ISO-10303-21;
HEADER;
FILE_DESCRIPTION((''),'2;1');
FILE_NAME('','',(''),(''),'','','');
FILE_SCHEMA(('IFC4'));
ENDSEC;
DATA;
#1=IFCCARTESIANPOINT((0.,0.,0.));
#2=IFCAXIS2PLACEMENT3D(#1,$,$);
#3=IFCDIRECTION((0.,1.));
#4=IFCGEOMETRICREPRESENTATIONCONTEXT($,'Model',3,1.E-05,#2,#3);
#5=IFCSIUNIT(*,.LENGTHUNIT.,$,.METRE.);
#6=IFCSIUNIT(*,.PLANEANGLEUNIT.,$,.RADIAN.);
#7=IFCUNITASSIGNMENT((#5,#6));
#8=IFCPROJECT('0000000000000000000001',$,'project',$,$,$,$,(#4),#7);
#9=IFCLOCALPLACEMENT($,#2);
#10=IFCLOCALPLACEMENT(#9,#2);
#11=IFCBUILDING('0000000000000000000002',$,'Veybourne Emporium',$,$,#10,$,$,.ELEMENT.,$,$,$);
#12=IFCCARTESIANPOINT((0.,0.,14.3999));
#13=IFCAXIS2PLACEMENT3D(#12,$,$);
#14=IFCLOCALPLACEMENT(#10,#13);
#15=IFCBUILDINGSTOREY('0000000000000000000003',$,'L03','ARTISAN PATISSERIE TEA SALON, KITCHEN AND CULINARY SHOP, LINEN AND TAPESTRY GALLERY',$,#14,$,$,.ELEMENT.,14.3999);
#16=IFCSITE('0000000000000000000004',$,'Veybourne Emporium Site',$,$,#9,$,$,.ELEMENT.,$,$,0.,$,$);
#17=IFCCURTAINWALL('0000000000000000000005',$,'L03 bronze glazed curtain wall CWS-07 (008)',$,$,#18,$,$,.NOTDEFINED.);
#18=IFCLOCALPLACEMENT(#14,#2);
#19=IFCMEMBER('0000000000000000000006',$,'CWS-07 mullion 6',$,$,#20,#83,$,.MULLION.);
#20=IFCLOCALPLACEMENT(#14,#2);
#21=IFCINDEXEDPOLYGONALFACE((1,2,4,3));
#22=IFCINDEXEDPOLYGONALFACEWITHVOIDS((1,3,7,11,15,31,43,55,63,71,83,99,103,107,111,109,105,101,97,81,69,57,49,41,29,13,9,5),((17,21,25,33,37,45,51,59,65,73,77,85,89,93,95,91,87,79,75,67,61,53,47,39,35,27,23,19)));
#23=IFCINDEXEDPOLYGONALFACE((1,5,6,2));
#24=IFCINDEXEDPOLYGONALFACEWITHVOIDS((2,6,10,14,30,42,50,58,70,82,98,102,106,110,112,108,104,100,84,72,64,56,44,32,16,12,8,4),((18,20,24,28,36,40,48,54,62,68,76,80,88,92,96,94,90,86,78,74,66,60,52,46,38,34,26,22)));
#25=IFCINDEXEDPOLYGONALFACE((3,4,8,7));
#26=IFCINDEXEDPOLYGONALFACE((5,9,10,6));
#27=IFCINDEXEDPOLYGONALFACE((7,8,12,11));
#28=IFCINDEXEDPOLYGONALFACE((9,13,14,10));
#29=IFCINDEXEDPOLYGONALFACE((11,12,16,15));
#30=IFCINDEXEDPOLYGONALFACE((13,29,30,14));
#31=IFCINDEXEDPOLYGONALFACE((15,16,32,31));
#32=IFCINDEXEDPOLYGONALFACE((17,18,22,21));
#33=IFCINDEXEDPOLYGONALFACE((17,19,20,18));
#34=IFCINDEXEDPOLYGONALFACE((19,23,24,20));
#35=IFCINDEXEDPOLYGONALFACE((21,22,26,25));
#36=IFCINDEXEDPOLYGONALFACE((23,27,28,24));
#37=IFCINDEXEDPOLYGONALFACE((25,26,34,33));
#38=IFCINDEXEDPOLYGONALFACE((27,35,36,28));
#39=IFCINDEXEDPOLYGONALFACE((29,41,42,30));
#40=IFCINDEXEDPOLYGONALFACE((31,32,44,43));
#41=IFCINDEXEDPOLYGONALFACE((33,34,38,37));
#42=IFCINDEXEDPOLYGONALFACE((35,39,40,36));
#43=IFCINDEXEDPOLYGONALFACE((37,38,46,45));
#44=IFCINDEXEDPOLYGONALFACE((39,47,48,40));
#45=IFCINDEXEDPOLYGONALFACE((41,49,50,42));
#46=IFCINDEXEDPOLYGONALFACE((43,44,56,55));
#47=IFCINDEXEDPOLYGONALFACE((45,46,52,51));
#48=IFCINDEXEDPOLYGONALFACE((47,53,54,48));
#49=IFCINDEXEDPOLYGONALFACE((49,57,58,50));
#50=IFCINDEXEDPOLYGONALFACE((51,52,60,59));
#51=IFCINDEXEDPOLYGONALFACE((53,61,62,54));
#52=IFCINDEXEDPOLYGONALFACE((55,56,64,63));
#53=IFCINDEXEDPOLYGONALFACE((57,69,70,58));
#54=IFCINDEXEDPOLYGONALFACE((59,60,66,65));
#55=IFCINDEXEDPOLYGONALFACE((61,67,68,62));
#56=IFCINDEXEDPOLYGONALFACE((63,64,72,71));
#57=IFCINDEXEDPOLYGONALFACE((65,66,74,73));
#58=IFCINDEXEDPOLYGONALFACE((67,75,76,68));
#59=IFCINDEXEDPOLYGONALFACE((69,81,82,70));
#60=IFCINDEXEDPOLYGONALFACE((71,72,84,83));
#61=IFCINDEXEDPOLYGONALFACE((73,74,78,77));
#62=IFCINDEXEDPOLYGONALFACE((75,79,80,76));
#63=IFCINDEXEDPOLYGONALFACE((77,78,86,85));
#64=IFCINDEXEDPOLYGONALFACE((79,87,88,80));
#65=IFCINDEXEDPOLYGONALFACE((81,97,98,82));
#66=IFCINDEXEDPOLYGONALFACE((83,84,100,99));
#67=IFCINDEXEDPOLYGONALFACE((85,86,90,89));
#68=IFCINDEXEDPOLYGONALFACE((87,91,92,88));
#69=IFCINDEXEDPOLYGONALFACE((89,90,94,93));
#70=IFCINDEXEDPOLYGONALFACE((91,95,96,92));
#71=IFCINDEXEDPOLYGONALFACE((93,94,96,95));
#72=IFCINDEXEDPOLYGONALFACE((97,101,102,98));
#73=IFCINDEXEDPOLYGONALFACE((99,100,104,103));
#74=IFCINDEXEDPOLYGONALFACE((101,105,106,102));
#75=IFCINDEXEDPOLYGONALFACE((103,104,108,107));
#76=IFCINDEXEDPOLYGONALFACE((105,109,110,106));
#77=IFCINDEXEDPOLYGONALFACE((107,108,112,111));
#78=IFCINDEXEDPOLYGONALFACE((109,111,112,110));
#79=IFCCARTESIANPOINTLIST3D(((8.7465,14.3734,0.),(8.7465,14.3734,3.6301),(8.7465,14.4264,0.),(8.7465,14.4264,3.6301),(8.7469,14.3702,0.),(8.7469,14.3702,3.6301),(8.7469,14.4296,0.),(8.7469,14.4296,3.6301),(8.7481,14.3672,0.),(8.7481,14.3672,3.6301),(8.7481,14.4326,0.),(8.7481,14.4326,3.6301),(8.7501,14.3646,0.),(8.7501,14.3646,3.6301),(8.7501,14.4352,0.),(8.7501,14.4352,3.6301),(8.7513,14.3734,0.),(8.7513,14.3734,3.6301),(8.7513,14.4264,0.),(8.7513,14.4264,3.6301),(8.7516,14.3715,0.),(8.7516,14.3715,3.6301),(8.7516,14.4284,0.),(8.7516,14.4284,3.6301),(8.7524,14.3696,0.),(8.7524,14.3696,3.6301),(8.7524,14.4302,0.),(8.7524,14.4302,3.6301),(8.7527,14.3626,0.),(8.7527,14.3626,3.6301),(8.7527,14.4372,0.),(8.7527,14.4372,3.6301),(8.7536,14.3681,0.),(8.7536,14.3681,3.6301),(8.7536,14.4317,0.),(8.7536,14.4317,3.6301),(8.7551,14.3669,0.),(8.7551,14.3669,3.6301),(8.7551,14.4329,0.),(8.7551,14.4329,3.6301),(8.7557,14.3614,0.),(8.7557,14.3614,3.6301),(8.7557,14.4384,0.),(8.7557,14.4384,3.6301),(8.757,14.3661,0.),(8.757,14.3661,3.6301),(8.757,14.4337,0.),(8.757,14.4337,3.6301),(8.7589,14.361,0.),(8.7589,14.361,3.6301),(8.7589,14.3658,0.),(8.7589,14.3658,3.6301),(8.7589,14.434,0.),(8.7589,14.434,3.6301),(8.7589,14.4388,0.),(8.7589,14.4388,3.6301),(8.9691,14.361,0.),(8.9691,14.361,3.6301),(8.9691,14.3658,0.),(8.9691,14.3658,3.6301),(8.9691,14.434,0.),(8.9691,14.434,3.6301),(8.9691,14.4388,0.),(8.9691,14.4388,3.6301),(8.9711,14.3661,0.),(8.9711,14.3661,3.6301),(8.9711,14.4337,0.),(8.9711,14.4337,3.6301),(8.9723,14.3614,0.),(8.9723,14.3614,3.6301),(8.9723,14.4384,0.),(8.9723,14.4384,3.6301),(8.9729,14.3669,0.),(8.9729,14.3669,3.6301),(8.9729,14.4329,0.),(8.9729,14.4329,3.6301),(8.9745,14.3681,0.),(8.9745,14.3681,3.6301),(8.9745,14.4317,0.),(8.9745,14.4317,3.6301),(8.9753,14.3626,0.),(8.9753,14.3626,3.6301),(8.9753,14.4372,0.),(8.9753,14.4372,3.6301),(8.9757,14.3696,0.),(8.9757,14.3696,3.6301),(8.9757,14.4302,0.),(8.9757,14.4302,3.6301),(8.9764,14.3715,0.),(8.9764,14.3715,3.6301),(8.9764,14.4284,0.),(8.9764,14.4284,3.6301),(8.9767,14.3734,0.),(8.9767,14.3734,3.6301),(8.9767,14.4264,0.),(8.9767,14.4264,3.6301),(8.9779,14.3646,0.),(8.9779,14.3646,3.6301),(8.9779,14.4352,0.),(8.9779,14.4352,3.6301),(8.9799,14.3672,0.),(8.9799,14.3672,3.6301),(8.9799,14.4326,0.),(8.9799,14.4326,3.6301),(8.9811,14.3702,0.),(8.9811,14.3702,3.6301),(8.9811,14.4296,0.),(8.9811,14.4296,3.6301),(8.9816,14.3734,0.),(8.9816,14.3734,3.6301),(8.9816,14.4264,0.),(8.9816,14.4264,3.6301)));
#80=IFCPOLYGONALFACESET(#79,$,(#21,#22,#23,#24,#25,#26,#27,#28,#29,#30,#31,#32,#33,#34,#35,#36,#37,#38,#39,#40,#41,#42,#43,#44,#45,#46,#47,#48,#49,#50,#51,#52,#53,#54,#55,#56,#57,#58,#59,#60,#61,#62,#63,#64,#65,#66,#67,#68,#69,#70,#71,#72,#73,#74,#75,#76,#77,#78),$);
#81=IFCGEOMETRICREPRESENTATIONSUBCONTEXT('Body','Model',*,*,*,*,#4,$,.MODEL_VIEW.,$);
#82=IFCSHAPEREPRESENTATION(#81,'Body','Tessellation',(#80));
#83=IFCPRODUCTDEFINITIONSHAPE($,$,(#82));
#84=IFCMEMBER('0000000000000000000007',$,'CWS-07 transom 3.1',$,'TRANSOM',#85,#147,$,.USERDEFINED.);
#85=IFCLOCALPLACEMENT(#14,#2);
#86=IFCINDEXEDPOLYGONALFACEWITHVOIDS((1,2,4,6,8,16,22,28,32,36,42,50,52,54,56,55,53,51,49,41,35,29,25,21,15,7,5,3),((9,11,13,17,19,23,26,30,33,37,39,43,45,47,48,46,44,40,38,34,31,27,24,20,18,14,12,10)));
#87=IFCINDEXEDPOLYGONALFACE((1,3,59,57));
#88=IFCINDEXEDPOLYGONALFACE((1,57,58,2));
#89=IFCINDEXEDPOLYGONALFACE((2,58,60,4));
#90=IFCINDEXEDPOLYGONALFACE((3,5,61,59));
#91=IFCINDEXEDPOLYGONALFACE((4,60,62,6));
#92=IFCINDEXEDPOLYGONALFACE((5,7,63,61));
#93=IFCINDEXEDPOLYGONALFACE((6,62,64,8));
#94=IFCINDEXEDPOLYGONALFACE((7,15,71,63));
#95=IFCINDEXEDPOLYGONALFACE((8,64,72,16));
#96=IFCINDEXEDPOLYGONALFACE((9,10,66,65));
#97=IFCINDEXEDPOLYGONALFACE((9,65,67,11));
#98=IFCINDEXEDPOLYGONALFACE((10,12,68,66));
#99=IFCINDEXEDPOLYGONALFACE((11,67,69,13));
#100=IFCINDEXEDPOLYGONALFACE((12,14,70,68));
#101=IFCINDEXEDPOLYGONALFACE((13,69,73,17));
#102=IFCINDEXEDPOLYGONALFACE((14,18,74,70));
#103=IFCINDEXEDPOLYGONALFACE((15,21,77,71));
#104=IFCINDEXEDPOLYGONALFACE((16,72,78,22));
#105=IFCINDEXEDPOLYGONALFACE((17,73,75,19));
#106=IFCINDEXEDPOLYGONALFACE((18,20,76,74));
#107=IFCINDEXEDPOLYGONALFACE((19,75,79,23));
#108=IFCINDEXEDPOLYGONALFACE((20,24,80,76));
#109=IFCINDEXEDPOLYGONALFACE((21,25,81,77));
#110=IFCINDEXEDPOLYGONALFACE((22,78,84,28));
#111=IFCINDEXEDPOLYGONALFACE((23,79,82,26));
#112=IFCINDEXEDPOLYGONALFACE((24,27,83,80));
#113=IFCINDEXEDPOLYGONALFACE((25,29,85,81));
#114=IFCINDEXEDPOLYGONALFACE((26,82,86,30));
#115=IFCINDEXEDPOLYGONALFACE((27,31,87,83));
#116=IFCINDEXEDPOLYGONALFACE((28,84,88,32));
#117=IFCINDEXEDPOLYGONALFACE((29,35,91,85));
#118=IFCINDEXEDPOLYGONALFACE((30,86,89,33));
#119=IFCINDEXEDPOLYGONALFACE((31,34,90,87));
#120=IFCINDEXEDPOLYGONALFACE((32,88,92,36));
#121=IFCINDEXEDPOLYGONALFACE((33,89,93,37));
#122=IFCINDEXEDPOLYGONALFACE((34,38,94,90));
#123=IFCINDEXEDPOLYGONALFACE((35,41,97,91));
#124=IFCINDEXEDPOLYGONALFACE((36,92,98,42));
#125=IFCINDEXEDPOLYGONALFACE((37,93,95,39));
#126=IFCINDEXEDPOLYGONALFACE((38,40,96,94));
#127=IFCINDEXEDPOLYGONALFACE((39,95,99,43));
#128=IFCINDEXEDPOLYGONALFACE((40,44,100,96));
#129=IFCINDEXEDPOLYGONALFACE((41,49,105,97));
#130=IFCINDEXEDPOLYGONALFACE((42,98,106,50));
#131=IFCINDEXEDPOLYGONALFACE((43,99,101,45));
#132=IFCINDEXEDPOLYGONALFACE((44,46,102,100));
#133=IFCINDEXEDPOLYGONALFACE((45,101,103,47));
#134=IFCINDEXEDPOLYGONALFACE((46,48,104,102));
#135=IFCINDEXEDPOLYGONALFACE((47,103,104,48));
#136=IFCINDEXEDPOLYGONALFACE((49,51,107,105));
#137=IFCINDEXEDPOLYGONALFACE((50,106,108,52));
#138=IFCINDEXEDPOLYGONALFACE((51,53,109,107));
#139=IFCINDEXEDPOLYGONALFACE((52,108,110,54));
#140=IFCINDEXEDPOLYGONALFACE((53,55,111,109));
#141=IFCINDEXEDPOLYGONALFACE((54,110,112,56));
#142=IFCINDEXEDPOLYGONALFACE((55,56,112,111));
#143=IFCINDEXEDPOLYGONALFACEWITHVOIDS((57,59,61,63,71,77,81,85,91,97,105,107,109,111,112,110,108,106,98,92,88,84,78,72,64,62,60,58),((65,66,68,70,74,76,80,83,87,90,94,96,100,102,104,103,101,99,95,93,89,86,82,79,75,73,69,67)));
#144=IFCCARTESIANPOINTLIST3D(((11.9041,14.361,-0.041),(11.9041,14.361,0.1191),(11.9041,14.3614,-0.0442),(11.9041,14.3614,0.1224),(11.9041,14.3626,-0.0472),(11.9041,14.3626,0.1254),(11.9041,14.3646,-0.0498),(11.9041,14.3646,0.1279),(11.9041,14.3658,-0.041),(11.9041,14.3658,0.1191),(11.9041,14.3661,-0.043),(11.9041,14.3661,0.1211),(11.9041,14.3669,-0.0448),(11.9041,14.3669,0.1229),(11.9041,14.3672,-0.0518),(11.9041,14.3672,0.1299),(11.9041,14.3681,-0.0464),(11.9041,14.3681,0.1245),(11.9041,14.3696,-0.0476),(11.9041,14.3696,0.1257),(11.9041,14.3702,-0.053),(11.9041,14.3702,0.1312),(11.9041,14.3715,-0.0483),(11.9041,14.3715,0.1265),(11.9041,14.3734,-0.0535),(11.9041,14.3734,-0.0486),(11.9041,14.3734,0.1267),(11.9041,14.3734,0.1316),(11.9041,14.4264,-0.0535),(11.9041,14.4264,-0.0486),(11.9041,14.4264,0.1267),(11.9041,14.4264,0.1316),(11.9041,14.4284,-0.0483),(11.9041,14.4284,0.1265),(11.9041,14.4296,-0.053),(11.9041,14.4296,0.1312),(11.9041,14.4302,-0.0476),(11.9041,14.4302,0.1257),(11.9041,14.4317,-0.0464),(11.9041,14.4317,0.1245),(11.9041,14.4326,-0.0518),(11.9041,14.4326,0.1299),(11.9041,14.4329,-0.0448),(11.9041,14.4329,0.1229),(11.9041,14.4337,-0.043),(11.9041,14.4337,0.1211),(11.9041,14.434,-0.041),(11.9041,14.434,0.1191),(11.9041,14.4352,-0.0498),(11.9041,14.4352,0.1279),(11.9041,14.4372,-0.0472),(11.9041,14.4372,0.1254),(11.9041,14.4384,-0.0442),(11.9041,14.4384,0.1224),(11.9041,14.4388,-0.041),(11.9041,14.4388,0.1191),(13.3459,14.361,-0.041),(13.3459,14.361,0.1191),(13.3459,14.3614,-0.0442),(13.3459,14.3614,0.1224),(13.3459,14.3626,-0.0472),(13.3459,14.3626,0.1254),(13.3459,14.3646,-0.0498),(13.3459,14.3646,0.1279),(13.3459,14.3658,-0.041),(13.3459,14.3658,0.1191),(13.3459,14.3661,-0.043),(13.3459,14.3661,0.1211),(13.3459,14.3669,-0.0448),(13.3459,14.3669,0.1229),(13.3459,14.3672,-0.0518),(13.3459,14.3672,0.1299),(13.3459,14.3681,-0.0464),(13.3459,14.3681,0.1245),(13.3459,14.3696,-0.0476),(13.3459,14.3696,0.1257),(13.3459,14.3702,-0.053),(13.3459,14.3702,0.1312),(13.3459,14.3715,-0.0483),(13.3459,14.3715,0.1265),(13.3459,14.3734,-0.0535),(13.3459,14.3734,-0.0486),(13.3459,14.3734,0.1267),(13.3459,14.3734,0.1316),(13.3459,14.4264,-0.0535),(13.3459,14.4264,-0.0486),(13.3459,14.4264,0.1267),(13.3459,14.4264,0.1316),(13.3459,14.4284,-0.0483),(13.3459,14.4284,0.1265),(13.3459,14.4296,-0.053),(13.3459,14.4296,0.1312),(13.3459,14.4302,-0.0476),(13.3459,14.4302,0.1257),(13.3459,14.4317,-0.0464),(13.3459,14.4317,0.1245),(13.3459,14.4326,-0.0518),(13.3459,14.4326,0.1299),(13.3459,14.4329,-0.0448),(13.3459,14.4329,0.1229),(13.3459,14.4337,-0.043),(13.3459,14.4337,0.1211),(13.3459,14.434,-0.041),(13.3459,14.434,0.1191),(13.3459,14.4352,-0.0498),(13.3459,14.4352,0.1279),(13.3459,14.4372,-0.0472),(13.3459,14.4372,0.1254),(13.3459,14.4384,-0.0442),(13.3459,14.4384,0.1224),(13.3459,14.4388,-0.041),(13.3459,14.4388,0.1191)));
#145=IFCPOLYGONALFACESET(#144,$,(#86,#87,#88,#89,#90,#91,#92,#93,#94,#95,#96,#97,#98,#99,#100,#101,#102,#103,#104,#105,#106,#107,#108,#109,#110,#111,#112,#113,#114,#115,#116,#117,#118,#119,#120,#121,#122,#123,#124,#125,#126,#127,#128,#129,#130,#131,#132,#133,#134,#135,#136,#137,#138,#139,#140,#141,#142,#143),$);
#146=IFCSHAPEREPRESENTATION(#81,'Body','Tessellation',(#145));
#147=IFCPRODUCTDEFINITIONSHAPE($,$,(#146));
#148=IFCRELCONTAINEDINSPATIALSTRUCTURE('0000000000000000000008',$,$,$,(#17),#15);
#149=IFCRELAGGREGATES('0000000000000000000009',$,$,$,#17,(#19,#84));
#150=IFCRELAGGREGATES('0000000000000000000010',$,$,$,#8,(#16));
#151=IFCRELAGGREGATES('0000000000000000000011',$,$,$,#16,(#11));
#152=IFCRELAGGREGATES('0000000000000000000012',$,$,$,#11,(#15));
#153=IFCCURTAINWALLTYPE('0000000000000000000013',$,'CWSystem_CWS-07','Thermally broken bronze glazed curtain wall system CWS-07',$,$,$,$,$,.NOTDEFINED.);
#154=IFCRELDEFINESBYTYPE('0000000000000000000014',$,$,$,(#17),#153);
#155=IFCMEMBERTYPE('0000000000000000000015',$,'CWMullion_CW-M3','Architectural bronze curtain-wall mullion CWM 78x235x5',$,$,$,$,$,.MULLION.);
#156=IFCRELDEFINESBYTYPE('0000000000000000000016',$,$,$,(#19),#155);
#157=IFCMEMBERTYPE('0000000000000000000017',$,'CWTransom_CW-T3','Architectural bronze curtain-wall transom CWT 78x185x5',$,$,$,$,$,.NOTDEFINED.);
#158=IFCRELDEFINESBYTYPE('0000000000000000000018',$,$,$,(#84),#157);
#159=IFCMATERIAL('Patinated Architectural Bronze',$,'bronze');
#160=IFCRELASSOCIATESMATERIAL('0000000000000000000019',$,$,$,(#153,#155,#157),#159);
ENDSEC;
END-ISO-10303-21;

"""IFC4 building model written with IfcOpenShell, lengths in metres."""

from ifc_helpers import new_model, si_unit, direction, frame, origin, origin_2d, place, context, subcontext, project, spatial, hollow_rectangle, extrude, material, material_profile, profile_set, type_object, element, aggregate, save


model = new_model("IFC4")

# Units and contexts
model_context = context("Model", 3, precision=1e-05, world=origin(), true_north=direction((0.0, 1.0)))
body_context = subcontext(model_context, "Body", "Model", "MODEL_VIEW")
ifc_project = project(units=[si_unit("LENGTHUNIT", "METRE"), si_unit("PLANEANGLEUNIT", "RADIAN")], contexts=[model_context])

# Site, building, storey
site_placement = place(None, origin())
site = spatial("IfcSite", under=ifc_project, at=site_placement, Name="Veybourne Emporium Site", CompositionType="ELEMENT", RefElevation=0.0)
building_placement = place(site_placement, origin())
building = spatial("IfcBuilding", under=site, at=building_placement, Name="Veybourne Emporium", CompositionType="ELEMENT")
storey_placement = place(building_placement, frame((0.0, 0.0, 14.3999)))
storey = spatial("IfcBuildingStorey", under=building, at=storey_placement, Name="L03", Description="ARTISAN PATISSERIE TEA SALON, KITCHEN AND CULINARY SHOP, LINEN AND TAPESTRY GALLERY", CompositionType="ELEMENT", Elevation=14.3999)

# Shared definitions
ifc_material_1 = material(Name="Patinated Architectural Bronze", Category="bronze")

# Curtain wall, members
curtain_wall_type_1 = type_object("IfcCurtainWallType", Name="CWSystem_CWS-07", Description="Thermally broken bronze glazed curtain wall system CWS-07", PredefinedType="NOTDEFINED", material=ifc_material_1)
curtain_wall_1_placement = place(storey_placement, origin())
curtain_wall_1 = element("IfcCurtainWall", 1, at=curtain_wall_1_placement, inside=storey, type_object=curtain_wall_type_1, Name="L03 bronze glazed curtain wall CWS-07 (008)", PredefinedType="NOTDEFINED")
ifc_material_profile_1 = material_profile(ifc_material_1, hollow_rectangle(XDim=0.0779, YDim=0.2351, WallThickness=0.0049, InnerFilletRadius=0.0076, OuterFilletRadius=0.0125, at=origin_2d()), Name="CWM 78x235x5")
ifc_profile_set_1 = profile_set([ifc_material_profile_1], Name="Patinated Architectural Bronze")
member_type_1 = type_object("IfcMemberType", Name="CWMullion_CW-M3", Description="Architectural bronze curtain-wall mullion CWM 78x235x5", PredefinedType="MULLION", material=ifc_profile_set_1)
member_1_placement = place(storey_placement, frame((8.864, 14.3999, 0.0), z_axis=(0.0, 0.0, 1.0), x_axis=(0.0, -1.0, 0.0)))
member_1 = element("IfcMember", 2, at=member_1_placement, type_object=member_type_1, Name="CWS-07 mullion 6", PredefinedType="MULLION", context=body_context, shape_type="SweptSolid", body=[
    extrude(hollow_rectangle(XDim=0.0779, YDim=0.2351, WallThickness=0.0049, InnerFilletRadius=0.0076, OuterFilletRadius=0.0125, at=origin_2d()), origin(), (0.0, 0.0, 1.0), 3.6301),
])
ifc_material_profile_2 = material_profile(ifc_material_1, hollow_rectangle(XDim=0.0779, YDim=0.1851, WallThickness=0.0049, InnerFilletRadius=0.0076, OuterFilletRadius=0.0125, at=origin_2d()), Name="CWT 78x185x5")
ifc_profile_set_2 = profile_set([ifc_material_profile_2], Name="Patinated Architectural Bronze")
member_type_2 = type_object("IfcMemberType", Name="CWTransom_CW-T3", Description="Architectural bronze curtain-wall transom CWT 78x185x5", PredefinedType="NOTDEFINED", material=ifc_profile_set_2)
member_2_placement = place(storey_placement, frame((13.3459, 14.3999, 0.0391), z_axis=(-1.0, 0.0, 0.0), x_axis=(0.0, -1.0, 0.0)))
member_2 = element("IfcMember", 3, at=member_2_placement, type_object=member_type_2, Name="CWS-07 transom 3.1", ObjectType="TRANSOM", PredefinedType="USERDEFINED", context=body_context, shape_type="SweptSolid", body=[
    extrude(hollow_rectangle(XDim=0.0779, YDim=0.1851, WallThickness=0.0049, InnerFilletRadius=0.0076, OuterFilletRadius=0.0125, at=origin_2d()), origin(), (0.0, 0.0, 1.0), 1.4419),
])

aggregate(curtain_wall_1, [member_1, member_2])

save(model, "model.ifc")
